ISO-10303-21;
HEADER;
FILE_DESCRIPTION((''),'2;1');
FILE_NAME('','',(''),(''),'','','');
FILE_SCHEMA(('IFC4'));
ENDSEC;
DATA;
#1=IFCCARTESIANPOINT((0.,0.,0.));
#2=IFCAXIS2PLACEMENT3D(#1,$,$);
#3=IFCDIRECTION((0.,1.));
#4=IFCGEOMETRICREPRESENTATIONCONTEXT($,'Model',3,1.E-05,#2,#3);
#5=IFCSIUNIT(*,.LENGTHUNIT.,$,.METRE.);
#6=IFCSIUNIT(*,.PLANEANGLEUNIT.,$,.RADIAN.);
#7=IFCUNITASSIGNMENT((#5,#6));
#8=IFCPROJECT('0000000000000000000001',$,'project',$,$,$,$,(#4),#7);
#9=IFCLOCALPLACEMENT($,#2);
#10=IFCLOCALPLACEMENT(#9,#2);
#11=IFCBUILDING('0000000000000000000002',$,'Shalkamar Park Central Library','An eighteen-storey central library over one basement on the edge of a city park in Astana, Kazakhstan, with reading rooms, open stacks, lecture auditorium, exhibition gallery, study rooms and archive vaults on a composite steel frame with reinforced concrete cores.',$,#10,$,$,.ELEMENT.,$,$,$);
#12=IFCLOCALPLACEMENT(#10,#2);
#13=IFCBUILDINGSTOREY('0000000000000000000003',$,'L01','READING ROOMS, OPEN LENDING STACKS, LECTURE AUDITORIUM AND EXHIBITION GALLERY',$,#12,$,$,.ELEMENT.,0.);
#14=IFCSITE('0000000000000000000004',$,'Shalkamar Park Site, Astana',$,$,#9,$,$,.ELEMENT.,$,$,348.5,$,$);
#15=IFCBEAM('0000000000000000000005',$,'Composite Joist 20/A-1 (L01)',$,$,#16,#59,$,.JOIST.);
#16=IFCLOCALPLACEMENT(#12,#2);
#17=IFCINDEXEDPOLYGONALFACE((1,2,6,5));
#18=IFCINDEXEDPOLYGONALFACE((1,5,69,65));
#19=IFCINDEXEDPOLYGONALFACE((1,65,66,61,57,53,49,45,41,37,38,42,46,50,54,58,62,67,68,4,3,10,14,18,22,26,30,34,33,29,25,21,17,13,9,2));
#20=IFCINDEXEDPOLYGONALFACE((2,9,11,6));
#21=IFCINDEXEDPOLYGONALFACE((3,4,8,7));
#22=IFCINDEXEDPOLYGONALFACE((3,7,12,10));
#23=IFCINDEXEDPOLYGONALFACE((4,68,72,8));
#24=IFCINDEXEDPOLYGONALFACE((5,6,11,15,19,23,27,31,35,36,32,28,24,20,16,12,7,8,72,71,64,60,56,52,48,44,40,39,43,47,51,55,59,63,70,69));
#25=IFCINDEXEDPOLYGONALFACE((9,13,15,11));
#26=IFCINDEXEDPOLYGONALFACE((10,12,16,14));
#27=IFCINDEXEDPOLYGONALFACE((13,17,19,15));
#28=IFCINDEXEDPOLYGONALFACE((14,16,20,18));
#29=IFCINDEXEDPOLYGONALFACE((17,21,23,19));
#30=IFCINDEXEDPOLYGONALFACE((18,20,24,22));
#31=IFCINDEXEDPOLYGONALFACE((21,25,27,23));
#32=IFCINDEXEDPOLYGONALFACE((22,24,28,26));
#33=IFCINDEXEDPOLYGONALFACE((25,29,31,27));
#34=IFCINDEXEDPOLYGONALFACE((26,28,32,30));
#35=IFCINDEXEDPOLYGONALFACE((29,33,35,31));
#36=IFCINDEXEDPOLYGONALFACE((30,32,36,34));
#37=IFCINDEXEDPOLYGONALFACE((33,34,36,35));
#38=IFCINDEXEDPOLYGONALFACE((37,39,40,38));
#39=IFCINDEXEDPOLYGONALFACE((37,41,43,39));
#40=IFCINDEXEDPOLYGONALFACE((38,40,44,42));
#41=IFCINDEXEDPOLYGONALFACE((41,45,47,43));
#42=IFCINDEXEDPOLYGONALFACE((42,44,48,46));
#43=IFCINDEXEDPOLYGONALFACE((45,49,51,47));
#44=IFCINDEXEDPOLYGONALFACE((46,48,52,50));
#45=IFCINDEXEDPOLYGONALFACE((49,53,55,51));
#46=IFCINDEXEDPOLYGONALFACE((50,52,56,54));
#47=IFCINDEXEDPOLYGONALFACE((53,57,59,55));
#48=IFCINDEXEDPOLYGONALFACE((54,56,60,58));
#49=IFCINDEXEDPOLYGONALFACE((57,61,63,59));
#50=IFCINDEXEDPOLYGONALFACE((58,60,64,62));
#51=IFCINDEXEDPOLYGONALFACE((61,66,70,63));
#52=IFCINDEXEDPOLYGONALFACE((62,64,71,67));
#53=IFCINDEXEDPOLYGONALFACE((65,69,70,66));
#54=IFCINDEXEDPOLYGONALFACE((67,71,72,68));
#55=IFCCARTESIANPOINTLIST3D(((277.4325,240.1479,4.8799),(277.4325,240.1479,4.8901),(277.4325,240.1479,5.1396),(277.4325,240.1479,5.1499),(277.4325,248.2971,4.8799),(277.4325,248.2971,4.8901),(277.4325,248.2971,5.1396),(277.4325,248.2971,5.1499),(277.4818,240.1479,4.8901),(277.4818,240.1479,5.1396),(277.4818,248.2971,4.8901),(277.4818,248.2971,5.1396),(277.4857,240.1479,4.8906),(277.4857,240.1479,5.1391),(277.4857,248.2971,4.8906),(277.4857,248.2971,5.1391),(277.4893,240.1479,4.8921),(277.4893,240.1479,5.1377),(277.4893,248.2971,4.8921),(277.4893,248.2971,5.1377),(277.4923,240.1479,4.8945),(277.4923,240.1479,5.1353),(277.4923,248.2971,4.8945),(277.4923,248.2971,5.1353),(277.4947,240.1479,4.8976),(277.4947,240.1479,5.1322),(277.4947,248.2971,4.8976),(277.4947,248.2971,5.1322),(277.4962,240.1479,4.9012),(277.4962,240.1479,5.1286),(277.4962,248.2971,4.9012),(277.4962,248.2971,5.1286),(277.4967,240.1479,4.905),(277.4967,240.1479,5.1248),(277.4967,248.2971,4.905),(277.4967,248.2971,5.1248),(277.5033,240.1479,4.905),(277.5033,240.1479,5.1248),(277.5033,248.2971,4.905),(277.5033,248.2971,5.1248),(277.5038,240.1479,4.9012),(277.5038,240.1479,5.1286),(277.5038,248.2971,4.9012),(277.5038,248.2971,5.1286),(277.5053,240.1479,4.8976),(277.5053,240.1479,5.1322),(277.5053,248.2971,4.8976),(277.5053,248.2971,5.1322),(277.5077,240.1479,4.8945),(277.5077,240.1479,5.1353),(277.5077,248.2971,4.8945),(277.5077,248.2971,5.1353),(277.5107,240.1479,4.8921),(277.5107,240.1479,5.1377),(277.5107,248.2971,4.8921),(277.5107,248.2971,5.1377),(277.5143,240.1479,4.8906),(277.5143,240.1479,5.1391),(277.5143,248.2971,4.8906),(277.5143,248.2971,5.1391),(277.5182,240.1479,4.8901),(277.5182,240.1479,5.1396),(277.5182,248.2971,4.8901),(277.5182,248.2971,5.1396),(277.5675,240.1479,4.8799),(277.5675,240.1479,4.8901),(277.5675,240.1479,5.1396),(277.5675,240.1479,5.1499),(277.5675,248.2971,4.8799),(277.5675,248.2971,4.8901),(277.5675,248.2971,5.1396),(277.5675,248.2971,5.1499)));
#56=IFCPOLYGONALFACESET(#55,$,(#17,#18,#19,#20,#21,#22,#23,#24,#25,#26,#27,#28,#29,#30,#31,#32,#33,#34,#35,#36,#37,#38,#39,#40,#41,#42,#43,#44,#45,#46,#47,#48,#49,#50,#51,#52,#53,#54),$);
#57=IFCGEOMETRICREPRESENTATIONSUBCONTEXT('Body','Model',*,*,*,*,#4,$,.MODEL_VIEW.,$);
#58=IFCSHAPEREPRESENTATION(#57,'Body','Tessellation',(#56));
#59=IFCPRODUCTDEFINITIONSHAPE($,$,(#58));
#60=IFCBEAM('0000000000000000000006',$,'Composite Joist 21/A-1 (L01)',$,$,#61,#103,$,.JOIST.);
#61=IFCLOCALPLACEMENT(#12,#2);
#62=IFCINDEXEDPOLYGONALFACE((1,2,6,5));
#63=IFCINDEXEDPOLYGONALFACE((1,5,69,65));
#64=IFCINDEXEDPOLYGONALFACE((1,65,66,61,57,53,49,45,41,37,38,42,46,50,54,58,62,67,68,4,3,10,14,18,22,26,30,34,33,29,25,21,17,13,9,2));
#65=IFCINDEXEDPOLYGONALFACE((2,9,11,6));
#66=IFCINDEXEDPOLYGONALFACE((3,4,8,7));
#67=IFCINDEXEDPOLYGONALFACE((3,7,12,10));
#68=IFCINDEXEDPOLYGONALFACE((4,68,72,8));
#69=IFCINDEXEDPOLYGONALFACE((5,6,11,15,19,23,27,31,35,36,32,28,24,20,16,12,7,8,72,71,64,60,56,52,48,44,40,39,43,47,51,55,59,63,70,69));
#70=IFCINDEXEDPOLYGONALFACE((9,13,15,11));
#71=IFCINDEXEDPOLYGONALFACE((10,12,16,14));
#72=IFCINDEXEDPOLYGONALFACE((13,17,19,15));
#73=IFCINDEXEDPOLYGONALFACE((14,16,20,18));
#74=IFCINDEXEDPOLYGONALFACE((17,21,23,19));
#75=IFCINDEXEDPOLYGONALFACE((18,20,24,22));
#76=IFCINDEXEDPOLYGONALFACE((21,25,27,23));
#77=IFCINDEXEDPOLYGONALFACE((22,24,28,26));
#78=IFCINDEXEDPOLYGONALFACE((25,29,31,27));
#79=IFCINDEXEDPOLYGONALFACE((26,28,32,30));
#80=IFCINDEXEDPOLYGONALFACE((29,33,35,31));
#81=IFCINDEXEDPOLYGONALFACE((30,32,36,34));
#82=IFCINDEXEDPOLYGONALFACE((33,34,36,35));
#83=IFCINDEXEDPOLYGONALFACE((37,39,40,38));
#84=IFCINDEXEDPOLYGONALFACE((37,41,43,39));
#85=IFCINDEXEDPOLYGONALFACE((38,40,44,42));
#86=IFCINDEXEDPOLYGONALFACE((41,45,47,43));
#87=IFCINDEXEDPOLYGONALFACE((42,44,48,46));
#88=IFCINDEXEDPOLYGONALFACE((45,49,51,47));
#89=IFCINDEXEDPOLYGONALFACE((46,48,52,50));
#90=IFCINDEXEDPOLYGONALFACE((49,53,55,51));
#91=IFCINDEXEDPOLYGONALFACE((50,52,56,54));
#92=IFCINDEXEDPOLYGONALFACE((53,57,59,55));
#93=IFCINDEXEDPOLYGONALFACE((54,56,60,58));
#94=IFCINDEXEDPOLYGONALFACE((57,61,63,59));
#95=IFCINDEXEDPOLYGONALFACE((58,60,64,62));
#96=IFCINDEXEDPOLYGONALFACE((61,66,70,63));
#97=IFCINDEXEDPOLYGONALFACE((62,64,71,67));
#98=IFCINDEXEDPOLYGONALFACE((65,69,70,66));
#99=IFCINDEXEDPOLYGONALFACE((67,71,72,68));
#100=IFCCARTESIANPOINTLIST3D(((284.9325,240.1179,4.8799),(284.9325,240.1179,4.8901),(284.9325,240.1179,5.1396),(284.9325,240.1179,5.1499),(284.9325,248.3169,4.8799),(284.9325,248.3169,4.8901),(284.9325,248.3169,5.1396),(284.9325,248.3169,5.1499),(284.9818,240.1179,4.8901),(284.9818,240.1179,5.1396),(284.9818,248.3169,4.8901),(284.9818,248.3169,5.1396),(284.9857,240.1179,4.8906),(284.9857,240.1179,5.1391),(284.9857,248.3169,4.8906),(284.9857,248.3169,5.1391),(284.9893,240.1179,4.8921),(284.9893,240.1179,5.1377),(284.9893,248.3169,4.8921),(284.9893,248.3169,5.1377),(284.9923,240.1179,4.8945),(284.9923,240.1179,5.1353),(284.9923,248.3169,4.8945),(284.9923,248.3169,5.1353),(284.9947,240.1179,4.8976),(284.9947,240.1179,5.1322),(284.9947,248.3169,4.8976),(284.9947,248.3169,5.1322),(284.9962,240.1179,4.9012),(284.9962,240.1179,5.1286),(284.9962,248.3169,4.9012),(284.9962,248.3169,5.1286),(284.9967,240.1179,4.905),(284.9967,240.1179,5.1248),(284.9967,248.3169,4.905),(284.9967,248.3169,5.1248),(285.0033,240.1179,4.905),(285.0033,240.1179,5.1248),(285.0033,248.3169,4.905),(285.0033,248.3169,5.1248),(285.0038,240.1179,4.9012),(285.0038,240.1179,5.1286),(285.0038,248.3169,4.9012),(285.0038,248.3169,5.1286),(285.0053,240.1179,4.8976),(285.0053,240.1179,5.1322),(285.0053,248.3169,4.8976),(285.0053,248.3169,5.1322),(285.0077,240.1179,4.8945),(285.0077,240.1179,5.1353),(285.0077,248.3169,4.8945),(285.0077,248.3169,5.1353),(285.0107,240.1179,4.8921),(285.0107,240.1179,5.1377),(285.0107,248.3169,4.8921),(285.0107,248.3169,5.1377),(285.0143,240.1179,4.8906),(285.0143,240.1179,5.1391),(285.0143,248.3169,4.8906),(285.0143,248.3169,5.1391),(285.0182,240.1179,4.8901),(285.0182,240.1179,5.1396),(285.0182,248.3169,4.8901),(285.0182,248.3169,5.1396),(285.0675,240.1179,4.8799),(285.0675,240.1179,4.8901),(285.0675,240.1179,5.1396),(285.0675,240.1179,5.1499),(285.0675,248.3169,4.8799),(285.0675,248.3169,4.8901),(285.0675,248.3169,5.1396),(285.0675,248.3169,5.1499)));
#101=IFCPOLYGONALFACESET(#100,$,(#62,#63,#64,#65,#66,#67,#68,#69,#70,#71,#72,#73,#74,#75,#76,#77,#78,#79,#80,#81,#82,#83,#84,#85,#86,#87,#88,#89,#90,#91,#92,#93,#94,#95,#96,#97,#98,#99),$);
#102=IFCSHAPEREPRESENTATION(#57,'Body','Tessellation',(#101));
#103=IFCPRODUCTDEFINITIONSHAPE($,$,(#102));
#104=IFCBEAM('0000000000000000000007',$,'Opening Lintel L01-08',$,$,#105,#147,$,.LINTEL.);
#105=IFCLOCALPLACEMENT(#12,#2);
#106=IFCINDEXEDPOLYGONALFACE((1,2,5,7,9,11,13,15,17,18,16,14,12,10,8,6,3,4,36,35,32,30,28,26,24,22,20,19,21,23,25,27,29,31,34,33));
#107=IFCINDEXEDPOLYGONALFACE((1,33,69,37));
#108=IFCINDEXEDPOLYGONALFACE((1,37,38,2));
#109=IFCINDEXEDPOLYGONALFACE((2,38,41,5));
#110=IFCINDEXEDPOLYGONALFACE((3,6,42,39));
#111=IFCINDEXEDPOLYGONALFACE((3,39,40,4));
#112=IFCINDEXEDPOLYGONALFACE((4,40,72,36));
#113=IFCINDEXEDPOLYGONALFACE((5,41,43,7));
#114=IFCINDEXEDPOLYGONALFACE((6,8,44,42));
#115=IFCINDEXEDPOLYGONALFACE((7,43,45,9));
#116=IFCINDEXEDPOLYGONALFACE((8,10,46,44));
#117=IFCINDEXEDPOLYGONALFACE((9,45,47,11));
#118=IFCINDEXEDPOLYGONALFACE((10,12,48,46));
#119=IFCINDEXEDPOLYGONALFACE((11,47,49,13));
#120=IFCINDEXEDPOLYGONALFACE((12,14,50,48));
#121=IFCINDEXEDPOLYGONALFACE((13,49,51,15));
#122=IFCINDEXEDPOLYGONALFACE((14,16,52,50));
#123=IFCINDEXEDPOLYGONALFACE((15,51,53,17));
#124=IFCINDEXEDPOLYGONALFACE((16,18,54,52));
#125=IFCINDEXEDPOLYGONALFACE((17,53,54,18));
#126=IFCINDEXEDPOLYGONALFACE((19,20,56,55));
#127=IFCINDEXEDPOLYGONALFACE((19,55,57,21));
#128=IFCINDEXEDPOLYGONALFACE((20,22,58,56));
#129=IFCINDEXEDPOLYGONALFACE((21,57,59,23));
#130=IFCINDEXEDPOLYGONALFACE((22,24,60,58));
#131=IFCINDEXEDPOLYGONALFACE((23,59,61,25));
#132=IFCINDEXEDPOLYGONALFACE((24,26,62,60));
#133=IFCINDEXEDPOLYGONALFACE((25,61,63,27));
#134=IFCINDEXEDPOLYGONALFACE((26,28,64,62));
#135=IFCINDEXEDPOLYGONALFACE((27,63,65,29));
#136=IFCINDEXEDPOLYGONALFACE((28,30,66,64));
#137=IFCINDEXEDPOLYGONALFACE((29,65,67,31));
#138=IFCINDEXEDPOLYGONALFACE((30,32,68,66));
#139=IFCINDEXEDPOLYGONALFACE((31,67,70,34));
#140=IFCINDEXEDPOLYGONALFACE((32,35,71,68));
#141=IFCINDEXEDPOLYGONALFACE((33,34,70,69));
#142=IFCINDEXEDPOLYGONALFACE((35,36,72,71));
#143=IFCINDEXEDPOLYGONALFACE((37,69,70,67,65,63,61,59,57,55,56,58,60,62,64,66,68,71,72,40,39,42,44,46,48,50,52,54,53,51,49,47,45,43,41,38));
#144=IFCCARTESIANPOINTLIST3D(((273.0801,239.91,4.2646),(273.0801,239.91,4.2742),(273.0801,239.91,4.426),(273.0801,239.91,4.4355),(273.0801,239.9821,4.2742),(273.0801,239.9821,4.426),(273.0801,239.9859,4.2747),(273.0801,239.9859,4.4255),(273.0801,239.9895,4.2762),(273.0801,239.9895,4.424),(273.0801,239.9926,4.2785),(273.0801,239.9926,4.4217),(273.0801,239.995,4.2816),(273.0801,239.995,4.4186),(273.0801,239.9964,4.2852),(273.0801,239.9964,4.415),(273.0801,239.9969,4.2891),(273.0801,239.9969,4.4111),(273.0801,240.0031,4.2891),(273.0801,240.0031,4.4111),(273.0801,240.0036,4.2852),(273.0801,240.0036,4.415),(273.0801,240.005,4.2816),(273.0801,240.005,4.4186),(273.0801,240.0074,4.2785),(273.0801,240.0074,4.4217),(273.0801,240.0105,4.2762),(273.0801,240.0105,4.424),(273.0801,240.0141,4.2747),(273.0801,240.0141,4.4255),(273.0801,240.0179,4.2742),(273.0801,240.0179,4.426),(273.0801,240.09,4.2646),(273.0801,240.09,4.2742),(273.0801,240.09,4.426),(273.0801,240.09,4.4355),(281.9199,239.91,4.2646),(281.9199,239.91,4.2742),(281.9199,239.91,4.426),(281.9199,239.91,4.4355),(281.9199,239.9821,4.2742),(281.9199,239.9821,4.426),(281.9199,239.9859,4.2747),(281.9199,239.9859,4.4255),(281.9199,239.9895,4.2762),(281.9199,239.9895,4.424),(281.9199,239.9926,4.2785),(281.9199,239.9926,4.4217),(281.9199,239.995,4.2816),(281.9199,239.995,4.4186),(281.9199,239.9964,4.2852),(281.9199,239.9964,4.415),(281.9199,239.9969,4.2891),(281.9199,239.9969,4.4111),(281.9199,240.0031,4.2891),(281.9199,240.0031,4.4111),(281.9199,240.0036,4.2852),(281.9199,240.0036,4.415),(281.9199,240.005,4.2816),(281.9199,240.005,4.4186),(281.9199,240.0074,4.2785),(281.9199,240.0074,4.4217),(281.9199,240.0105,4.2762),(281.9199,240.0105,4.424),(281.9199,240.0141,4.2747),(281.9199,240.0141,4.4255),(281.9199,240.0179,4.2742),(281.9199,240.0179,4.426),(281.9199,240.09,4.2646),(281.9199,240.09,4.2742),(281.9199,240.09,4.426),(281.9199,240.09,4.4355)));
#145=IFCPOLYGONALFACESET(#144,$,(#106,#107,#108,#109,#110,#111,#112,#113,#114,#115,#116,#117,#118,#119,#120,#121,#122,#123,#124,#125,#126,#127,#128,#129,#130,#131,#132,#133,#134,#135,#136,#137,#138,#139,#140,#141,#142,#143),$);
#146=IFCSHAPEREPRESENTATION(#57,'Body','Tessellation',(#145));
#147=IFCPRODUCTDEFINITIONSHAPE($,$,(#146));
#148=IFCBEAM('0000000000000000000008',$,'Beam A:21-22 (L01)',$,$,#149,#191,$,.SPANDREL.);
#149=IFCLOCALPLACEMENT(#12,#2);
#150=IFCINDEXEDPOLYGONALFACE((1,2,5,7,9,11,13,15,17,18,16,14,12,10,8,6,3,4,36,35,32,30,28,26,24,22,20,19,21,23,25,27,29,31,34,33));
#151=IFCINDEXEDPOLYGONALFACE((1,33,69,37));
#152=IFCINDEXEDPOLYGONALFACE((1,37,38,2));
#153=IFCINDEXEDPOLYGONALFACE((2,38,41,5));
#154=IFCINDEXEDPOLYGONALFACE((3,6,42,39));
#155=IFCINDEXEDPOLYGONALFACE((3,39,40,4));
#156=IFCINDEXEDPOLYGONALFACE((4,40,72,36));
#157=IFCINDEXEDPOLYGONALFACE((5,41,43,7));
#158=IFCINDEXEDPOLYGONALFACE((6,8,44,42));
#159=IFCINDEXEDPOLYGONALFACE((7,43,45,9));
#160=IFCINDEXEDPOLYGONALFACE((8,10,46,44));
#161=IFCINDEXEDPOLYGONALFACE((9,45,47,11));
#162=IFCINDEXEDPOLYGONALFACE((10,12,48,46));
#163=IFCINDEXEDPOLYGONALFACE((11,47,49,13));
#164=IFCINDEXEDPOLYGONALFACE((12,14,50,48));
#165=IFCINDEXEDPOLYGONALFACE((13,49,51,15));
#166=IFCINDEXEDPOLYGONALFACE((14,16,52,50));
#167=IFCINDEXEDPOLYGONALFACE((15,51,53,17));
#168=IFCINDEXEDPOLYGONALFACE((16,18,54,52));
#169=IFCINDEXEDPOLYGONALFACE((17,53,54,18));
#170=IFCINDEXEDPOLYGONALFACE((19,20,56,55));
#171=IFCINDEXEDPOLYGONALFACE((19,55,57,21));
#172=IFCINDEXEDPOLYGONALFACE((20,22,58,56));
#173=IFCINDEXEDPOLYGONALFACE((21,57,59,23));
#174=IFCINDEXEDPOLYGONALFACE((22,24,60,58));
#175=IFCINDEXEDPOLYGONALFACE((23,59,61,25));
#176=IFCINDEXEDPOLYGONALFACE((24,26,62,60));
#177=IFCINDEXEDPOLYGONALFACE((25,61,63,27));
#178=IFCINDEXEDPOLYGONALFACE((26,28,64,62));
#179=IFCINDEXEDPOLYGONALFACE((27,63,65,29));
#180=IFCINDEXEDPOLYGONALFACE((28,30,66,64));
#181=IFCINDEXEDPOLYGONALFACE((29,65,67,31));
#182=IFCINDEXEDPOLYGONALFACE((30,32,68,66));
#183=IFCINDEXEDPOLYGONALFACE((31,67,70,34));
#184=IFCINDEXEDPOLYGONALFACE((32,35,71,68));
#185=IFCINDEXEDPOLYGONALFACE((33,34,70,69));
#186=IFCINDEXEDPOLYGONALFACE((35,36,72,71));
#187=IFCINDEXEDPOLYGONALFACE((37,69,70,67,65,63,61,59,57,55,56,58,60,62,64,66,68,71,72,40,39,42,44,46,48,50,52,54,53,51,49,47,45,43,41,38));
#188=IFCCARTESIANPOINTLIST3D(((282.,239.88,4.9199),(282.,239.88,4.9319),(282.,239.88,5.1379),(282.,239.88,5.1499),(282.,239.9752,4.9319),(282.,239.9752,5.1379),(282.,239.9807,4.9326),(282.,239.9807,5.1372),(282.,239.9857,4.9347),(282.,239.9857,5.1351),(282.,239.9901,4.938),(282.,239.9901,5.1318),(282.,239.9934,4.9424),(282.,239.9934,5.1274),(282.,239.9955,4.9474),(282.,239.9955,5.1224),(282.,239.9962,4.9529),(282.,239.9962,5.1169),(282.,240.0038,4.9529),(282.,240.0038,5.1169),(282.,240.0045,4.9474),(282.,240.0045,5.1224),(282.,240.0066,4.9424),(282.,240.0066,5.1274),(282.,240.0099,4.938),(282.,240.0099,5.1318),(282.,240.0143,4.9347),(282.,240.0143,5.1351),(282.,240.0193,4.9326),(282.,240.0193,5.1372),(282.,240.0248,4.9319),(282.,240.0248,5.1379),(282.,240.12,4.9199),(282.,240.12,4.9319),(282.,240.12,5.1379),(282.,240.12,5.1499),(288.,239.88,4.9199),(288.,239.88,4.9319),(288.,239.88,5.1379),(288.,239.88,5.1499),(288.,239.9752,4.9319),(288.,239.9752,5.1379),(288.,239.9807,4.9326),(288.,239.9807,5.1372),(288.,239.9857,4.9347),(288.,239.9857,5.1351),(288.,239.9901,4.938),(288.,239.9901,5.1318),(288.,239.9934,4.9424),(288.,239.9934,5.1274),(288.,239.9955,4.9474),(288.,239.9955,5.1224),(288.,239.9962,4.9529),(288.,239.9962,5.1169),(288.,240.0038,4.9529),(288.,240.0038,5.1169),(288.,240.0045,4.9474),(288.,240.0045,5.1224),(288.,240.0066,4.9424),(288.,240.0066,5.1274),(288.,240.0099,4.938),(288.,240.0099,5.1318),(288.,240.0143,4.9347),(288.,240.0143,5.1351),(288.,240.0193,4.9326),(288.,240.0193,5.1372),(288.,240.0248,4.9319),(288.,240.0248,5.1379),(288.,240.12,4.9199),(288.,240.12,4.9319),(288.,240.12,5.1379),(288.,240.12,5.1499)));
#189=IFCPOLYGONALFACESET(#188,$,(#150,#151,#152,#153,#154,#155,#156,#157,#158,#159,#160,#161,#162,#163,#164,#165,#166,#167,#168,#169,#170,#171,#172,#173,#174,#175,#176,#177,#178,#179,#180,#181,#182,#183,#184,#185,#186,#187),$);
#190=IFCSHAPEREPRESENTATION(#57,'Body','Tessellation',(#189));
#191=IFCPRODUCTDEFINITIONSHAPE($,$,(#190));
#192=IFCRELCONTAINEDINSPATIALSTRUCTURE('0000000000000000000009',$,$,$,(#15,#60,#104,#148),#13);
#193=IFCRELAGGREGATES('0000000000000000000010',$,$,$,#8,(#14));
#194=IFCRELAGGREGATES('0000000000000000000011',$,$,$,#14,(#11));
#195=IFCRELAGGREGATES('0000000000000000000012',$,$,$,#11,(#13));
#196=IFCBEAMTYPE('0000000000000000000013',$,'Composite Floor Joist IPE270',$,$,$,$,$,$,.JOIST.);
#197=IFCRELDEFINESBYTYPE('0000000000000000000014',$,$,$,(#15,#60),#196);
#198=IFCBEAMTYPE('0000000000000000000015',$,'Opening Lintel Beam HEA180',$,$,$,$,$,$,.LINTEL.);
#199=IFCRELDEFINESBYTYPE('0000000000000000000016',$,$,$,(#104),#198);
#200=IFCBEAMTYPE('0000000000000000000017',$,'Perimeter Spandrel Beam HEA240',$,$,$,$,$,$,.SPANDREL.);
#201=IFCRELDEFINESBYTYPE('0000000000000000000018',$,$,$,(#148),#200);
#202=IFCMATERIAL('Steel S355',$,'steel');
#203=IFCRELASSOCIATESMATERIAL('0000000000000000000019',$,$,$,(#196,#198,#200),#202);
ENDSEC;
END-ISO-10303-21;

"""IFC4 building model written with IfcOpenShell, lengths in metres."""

from ifc_helpers import new_model, si_unit, direction, frame, origin, origin_2d, place, context, subcontext, project, spatial, i_section, extrude, material, material_profile, profile_set, type_object, element, save


model = new_model("IFC4")

# Units and contexts
model_context = context("Model", 3, precision=1e-05, world=origin(), true_north=direction((0.0, 1.0)))
body_context = subcontext(model_context, "Body", "Model", "MODEL_VIEW")
ifc_project = project(units=[si_unit("LENGTHUNIT", "METRE"), si_unit("PLANEANGLEUNIT", "RADIAN")], contexts=[model_context])

# Site, building, storey
site_placement = place(None, origin())
site = spatial("IfcSite", under=ifc_project, at=site_placement, Name="Shalkamar Park Site, Astana", CompositionType="ELEMENT", RefElevation=348.5)
building_placement = place(site_placement, origin())
building = spatial("IfcBuilding", under=site, at=building_placement, Name="Shalkamar Park Central Library", Description="An eighteen-storey central library over one basement on the edge of a city park in Astana, Kazakhstan, with reading rooms, open stacks, lecture auditorium, exhibition gallery, study rooms and archive vaults on a composite steel frame with reinforced concrete cores.", CompositionType="ELEMENT")
storey_placement = place(building_placement, origin())
storey = spatial("IfcBuildingStorey", under=building, at=storey_placement, Name="L01", Description="READING ROOMS, OPEN LENDING STACKS, LECTURE AUDITORIUM AND EXHIBITION GALLERY", CompositionType="ELEMENT", Elevation=0.0)

# Shared definitions
ifc_material_1 = material(Name="Steel S355", Category="steel")

# Beams
ifc_material_profile_1 = material_profile(ifc_material_1, i_section(OverallWidth=0.135, OverallDepth=0.27, WebThickness=0.0066, FlangeThickness=0.0103, FilletRadius=0.0149, at=origin_2d()), Name="IPE 270")
ifc_profile_set_1 = profile_set([ifc_material_profile_1], Name="Steel S355")
beam_type_1 = type_object("IfcBeamType", Name="Composite Floor Joist IPE270", PredefinedType="JOIST", material=ifc_profile_set_1)
beam_1_placement = place(storey_placement, frame((277.5, 240.1479, 5.0149), z_axis=(0.0, 1.0, 0.0), x_axis=(-1.0, 0.0, 0.0)))
element("IfcBeam", 1, at=beam_1_placement, inside=storey, type_object=beam_type_1, Name="Composite Joist 20/A-1 (L01)", PredefinedType="JOIST", context=body_context, shape_type="SweptSolid", body=[
    extrude(i_section(OverallWidth=0.135, OverallDepth=0.27, WebThickness=0.0066, FlangeThickness=0.0103, FilletRadius=0.0149, at=origin_2d()), origin(), (0.0, 0.0, 1.0), 8.1492),
])
beam_2_placement = place(storey_placement, frame((285.0, 240.1179, 5.0149), z_axis=(0.0, 1.0, 0.0), x_axis=(-1.0, 0.0, 0.0)))
element("IfcBeam", 2, at=beam_2_placement, inside=storey, type_object=beam_type_1, Name="Composite Joist 21/A-1 (L01)", PredefinedType="JOIST", context=body_context, shape_type="SweptSolid", body=[
    extrude(i_section(OverallWidth=0.135, OverallDepth=0.27, WebThickness=0.0066, FlangeThickness=0.0103, FilletRadius=0.0149, at=origin_2d()), origin(), (0.0, 0.0, 1.0), 8.199),
])
ifc_material_profile_2 = material_profile(ifc_material_1, i_section(OverallWidth=0.1799, OverallDepth=0.1709, WebThickness=0.0061, FlangeThickness=0.0095, FilletRadius=0.0149, at=origin_2d()), Name="HEA 180")
ifc_profile_set_2 = profile_set([ifc_material_profile_2], Name="Steel S355")
beam_type_2 = type_object("IfcBeamType", Name="Opening Lintel Beam HEA180", PredefinedType="LINTEL", material=ifc_profile_set_2)
beam_3_placement = place(storey_placement, frame((273.0801, 240.0, 4.3501), z_axis=(1.0, 0.0, 0.0), x_axis=(0.0, 1.0, 0.0)))
element("IfcBeam", 3, at=beam_3_placement, inside=storey, type_object=beam_type_2, Name="Opening Lintel L01-08", PredefinedType="LINTEL", context=body_context, shape_type="SweptSolid", body=[
    extrude(i_section(OverallWidth=0.1799, OverallDepth=0.1709, WebThickness=0.0061, FlangeThickness=0.0095, FilletRadius=0.0149, at=origin_2d()), origin(), (0.0, 0.0, 1.0), 8.8398),
])
ifc_material_profile_3 = material_profile(ifc_material_1, i_section(OverallWidth=0.24, OverallDepth=0.23, WebThickness=0.0076, FlangeThickness=0.012, FilletRadius=0.021, at=origin_2d()), Name="HEA 240")
ifc_profile_set_3 = profile_set([ifc_material_profile_3], Name="Steel S355")
beam_type_3 = type_object("IfcBeamType", Name="Perimeter Spandrel Beam HEA240", PredefinedType="SPANDREL", material=ifc_profile_set_3)
beam_4_placement = place(storey_placement, frame((282.0, 240.0, 5.0349), z_axis=(1.0, 0.0, 0.0), x_axis=(0.0, 1.0, 0.0)))
element("IfcBeam", 4, at=beam_4_placement, inside=storey, type_object=beam_type_3, Name="Beam A:21-22 (L01)", PredefinedType="SPANDREL", context=body_context, shape_type="SweptSolid", body=[
    extrude(i_section(OverallWidth=0.24, OverallDepth=0.23, WebThickness=0.0076, FlangeThickness=0.012, FilletRadius=0.021, at=origin_2d()), origin(), (0.0, 0.0, 1.0), 6.0),
])

save(model, "model.ifc")
